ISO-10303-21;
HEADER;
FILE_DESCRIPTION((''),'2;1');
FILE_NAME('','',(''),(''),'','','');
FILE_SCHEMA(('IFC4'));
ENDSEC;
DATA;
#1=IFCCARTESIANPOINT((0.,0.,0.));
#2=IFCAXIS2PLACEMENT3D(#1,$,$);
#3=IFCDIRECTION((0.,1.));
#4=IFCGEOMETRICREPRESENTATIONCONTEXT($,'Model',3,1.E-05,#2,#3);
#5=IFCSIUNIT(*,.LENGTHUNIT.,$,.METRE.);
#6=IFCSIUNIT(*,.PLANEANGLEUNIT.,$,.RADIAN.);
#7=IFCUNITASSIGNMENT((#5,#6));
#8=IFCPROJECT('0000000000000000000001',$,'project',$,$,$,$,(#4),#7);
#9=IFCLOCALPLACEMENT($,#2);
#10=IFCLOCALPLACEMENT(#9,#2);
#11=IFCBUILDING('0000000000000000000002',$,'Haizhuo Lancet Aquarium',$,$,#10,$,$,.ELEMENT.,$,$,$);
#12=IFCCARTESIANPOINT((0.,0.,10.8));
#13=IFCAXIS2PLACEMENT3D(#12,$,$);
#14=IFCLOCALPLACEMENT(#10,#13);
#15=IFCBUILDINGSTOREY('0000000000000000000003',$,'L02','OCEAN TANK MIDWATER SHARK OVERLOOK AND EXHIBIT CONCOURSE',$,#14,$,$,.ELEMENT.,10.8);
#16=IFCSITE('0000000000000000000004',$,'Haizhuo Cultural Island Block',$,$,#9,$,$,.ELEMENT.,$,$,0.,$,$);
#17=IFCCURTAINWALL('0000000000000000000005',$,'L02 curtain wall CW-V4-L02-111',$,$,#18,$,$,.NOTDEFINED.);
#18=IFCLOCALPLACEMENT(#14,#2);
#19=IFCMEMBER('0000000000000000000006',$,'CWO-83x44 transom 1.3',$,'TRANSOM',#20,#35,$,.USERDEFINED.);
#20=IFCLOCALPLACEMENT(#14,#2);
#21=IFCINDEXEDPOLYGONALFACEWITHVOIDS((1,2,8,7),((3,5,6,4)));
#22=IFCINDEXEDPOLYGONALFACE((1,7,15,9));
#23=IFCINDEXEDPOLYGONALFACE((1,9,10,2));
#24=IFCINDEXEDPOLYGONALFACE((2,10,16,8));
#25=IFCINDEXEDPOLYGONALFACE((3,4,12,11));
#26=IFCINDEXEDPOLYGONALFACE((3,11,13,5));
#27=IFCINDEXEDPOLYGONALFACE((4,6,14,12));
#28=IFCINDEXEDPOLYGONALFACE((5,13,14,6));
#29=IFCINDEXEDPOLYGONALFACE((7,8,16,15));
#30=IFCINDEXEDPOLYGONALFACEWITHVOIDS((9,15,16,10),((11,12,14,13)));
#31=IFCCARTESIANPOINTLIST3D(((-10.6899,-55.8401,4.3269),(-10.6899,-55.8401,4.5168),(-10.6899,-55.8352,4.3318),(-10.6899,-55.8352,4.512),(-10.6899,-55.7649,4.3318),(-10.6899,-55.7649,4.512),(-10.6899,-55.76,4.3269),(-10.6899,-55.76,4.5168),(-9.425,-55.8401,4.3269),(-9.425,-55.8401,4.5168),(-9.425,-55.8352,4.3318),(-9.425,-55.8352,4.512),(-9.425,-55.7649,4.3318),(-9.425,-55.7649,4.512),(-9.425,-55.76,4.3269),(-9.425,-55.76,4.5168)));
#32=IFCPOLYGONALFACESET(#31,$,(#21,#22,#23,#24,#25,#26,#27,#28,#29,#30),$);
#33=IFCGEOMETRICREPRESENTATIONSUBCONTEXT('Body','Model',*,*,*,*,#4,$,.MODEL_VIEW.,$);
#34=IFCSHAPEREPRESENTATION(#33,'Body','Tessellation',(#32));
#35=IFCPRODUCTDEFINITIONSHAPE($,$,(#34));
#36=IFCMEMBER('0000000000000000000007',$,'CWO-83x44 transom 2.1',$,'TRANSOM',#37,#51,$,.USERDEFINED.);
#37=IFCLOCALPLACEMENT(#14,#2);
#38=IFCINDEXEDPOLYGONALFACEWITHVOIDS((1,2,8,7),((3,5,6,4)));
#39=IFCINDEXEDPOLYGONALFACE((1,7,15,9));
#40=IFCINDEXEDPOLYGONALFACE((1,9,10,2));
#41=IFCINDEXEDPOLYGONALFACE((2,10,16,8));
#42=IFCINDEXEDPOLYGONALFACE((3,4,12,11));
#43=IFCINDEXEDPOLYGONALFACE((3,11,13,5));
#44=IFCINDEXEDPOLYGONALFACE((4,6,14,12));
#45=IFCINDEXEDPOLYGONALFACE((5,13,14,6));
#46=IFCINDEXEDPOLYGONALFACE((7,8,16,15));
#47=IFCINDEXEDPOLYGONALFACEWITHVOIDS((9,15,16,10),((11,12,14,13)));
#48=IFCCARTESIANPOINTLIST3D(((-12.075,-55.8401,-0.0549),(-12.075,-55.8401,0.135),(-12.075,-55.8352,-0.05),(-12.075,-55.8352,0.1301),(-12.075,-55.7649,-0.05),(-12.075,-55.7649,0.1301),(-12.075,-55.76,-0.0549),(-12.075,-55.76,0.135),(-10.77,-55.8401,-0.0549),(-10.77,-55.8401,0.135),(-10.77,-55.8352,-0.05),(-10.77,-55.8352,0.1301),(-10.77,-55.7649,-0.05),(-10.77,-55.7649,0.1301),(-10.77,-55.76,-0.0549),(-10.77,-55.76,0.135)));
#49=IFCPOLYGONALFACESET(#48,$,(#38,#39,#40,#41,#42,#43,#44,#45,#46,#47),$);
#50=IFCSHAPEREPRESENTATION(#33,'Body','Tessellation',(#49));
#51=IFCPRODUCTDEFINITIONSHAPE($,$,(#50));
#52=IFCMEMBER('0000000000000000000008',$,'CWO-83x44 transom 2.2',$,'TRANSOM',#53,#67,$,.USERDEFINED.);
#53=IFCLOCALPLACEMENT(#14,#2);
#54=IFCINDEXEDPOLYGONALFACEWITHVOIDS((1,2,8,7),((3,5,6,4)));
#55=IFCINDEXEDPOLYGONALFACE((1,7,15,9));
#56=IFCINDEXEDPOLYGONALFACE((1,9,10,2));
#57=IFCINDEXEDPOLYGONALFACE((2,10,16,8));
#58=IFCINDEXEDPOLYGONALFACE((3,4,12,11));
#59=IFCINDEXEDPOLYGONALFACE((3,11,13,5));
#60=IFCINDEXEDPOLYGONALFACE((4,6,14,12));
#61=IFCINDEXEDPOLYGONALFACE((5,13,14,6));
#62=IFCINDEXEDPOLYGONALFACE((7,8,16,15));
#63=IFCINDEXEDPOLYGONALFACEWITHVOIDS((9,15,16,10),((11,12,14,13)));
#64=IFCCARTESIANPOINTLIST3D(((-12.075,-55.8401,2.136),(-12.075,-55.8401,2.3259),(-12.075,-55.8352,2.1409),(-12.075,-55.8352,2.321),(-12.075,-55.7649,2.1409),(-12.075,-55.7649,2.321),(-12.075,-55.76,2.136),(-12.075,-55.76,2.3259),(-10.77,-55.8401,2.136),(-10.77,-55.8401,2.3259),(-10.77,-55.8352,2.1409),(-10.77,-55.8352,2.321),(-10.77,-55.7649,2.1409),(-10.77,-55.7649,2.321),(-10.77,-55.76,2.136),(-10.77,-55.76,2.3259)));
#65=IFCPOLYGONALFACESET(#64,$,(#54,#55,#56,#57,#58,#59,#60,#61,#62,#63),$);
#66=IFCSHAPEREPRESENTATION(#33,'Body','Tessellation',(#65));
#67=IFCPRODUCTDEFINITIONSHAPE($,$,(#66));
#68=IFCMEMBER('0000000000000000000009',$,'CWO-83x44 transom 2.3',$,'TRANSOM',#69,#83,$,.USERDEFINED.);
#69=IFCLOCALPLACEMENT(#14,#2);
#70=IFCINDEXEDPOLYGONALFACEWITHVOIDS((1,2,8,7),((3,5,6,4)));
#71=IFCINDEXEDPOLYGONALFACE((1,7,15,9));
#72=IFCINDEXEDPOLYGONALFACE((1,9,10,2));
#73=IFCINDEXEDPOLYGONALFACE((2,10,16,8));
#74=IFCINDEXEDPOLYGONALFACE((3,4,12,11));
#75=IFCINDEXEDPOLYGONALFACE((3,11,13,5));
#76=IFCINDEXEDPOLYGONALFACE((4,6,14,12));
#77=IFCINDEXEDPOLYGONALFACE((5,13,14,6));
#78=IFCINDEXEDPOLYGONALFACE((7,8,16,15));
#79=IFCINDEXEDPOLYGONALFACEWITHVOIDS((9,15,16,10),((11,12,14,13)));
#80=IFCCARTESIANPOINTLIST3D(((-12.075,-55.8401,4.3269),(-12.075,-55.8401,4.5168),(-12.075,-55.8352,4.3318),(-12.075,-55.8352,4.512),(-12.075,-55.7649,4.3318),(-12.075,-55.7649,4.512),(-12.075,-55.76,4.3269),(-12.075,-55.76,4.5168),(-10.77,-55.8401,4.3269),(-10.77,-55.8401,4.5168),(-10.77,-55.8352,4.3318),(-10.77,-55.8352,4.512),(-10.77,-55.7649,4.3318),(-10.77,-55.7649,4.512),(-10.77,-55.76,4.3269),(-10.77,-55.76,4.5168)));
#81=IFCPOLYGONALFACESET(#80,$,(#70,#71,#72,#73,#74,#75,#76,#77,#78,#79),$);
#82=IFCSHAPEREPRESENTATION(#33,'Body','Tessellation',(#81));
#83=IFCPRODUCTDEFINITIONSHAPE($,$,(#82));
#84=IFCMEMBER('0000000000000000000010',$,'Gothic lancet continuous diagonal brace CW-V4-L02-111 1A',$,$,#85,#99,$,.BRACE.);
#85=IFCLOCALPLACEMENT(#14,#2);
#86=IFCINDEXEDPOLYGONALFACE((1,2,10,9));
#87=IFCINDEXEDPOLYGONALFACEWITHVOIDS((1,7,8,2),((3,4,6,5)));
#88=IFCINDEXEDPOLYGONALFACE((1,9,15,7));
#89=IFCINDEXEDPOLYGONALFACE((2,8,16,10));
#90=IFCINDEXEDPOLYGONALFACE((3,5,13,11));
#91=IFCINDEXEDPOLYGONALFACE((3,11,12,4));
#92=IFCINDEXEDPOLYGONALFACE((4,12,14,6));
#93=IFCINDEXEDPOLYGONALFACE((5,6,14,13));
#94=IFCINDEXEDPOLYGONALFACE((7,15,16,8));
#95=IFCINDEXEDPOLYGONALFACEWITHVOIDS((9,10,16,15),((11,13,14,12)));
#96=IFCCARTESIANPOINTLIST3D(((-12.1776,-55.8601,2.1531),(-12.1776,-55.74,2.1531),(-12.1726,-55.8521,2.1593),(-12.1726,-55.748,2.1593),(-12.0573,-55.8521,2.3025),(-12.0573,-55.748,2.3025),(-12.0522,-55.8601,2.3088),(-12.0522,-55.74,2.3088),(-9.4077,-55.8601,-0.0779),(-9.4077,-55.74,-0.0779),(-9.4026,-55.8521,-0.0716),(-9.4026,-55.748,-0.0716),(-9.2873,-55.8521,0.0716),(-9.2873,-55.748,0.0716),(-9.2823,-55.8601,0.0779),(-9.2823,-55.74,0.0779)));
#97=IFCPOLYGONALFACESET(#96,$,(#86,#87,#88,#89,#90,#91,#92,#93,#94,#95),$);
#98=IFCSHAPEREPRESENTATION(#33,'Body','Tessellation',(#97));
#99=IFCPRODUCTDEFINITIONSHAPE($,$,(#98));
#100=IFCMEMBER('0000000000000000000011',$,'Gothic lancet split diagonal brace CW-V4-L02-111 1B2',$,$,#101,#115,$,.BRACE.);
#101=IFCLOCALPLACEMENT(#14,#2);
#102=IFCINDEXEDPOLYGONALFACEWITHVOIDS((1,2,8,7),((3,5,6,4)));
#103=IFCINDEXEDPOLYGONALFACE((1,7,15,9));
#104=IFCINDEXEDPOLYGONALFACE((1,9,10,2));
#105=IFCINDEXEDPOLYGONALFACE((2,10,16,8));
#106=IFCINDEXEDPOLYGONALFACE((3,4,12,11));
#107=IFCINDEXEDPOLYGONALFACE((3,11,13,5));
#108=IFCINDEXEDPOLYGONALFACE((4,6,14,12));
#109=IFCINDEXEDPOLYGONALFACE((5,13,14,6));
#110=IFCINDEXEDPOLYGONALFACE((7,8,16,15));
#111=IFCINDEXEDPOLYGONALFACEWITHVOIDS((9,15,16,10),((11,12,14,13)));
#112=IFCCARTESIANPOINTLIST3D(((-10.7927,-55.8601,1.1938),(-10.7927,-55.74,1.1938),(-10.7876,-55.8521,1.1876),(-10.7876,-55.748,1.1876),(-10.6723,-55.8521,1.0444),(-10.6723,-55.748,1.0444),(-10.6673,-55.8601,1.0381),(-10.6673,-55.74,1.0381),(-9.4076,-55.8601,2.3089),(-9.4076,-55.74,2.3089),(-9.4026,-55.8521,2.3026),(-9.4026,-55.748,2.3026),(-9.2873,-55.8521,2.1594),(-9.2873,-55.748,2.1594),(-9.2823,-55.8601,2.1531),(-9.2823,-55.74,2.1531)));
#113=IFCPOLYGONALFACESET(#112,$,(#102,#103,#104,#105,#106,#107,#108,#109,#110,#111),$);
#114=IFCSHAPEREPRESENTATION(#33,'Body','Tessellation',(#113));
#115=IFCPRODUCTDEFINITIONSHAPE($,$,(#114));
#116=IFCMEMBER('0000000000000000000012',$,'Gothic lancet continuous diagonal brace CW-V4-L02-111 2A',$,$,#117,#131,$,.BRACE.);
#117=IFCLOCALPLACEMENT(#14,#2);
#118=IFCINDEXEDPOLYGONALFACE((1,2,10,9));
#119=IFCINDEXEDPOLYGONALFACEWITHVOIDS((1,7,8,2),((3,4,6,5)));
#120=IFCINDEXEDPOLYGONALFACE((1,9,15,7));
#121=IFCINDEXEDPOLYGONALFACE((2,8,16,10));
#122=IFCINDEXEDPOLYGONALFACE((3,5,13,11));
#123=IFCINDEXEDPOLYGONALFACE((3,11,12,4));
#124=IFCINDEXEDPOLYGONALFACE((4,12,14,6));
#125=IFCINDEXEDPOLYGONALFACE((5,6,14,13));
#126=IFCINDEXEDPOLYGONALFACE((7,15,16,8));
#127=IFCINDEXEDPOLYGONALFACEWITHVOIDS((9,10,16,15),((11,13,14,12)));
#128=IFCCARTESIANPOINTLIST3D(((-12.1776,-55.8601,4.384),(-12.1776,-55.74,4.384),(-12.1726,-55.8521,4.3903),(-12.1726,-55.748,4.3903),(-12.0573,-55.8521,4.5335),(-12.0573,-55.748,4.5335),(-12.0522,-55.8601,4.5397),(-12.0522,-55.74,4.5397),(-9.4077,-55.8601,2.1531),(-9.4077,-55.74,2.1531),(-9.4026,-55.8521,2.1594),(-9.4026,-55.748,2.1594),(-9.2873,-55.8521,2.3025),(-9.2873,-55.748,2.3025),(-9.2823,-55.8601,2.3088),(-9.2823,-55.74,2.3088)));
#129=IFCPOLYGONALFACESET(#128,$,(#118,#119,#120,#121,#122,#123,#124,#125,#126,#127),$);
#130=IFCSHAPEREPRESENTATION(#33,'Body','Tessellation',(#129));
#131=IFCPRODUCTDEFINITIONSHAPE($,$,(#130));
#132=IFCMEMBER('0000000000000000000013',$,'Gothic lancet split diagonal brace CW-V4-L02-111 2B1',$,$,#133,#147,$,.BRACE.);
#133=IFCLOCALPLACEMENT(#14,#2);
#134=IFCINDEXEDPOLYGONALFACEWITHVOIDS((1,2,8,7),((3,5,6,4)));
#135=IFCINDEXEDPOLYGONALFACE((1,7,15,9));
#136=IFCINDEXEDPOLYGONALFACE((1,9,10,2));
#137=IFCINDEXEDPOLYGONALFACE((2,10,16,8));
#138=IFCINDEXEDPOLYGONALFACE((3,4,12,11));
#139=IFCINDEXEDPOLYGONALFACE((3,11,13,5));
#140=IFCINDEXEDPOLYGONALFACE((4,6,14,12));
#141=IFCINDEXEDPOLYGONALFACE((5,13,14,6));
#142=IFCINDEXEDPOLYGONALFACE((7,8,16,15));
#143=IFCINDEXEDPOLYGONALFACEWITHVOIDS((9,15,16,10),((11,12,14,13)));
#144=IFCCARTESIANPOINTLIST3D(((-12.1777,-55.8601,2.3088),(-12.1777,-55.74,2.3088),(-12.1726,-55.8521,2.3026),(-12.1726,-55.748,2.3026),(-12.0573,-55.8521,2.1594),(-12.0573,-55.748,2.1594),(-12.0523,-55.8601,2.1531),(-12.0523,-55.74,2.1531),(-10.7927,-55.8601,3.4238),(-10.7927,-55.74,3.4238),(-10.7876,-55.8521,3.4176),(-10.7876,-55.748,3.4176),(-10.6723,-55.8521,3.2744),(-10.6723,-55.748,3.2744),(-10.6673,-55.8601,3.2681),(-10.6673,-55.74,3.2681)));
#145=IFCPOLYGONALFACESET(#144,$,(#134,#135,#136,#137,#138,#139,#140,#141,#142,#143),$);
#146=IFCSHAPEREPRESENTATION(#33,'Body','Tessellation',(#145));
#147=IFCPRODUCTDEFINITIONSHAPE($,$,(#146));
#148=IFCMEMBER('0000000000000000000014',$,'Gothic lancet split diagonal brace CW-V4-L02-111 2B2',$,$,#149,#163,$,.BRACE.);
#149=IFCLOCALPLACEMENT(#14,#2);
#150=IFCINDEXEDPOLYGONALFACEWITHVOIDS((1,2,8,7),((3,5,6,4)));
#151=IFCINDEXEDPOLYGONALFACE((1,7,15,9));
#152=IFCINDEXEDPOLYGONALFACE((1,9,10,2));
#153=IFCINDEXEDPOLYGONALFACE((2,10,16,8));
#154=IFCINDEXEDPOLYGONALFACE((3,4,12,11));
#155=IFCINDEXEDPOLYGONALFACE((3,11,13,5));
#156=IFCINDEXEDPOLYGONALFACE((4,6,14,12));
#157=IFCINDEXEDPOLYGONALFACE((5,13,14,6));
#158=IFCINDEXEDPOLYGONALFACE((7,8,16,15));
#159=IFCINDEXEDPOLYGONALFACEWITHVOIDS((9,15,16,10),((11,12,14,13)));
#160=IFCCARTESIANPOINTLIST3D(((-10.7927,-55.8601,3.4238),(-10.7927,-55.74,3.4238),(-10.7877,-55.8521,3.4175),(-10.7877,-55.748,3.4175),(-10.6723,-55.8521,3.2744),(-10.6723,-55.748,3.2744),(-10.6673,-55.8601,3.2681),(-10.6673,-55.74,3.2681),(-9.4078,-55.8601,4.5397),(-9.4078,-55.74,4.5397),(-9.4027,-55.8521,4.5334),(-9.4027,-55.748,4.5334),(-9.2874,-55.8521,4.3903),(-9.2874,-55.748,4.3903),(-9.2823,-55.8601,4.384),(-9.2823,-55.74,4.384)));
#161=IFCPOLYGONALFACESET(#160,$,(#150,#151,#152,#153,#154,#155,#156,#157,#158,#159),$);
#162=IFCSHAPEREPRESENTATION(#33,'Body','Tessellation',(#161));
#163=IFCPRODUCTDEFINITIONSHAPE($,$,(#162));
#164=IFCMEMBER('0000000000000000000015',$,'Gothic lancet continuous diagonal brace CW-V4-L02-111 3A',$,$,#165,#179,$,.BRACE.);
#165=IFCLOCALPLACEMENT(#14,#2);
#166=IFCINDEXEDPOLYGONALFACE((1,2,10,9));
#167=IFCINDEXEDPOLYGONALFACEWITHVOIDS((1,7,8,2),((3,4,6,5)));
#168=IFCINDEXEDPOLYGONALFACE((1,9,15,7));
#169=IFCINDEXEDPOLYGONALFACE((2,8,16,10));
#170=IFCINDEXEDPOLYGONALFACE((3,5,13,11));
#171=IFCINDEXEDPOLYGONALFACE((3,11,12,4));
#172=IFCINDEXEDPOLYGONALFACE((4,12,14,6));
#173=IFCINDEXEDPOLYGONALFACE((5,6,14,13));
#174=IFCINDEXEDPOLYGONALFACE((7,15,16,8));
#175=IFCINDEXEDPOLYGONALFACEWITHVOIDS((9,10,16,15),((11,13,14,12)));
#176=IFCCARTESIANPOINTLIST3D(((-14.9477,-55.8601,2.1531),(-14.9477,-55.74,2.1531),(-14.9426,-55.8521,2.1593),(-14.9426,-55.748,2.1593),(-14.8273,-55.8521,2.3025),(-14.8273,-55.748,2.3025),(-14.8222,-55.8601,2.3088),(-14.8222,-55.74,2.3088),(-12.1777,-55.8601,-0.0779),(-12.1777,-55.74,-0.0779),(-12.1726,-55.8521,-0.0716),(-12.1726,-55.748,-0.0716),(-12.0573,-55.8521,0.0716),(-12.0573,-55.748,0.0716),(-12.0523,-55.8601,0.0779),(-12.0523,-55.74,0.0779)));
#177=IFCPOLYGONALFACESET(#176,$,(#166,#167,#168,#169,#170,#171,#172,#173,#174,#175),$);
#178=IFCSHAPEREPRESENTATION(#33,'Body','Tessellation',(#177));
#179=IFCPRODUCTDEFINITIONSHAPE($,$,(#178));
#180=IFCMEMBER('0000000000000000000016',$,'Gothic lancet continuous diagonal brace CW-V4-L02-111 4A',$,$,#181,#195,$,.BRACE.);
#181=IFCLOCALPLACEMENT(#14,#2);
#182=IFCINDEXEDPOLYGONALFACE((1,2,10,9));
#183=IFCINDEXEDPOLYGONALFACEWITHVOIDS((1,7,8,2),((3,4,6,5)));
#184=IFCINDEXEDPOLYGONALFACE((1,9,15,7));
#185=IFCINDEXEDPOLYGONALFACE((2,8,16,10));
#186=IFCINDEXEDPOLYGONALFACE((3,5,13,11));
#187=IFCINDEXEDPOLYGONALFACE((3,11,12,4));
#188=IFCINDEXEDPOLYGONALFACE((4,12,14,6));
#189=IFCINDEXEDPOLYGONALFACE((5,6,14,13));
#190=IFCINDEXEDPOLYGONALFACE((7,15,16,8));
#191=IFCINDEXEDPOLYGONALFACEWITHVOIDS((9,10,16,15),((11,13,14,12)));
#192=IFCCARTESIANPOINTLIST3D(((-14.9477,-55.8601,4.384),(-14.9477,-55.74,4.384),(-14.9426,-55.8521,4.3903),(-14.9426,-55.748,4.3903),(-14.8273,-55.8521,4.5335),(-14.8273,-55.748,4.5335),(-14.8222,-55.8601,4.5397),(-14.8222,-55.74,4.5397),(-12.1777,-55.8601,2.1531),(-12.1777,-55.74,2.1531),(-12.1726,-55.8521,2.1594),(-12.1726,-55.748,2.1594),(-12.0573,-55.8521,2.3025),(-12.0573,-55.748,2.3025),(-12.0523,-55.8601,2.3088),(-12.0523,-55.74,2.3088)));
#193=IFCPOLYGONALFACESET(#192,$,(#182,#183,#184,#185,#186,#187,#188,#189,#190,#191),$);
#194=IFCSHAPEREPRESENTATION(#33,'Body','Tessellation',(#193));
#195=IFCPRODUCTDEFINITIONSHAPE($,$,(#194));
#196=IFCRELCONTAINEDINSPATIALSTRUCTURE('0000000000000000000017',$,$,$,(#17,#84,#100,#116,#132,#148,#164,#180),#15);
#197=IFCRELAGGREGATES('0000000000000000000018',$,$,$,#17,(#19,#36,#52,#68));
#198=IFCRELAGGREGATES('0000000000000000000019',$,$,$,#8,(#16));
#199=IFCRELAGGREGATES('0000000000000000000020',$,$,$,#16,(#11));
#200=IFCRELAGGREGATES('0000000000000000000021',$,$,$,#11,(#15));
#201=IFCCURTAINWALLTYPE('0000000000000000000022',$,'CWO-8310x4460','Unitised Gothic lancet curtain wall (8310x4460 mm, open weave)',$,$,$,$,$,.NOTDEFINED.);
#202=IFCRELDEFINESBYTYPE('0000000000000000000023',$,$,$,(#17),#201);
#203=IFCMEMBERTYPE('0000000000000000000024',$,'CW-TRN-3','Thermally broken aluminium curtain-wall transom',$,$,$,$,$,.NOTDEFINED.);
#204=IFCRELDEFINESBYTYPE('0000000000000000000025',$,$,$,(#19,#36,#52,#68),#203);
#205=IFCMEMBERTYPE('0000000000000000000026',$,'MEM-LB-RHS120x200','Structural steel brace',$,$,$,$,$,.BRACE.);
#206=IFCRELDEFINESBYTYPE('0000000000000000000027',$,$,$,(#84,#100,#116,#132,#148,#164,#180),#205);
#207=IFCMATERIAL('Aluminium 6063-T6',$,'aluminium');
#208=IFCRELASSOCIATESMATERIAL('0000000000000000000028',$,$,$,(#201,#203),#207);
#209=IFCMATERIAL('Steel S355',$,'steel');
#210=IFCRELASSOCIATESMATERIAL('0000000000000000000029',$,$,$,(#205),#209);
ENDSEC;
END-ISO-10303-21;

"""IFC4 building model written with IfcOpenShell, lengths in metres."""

from ifc_helpers import new_model, si_unit, direction, frame, origin, origin_2d, place, context, subcontext, project, spatial, hollow_rectangle, extrude, material, material_profile, profile_set, type_object, element, aggregate, save


model = new_model("IFC4")

# Units and contexts
model_context = context("Model", 3, precision=1e-05, world=origin(), true_north=direction((0.0, 1.0)))
body_context = subcontext(model_context, "Body", "Model", "MODEL_VIEW")
ifc_project = project(units=[si_unit("LENGTHUNIT", "METRE"), si_unit("PLANEANGLEUNIT", "RADIAN")], contexts=[model_context])

# Site, building, storey
site_placement = place(None, origin())
site = spatial("IfcSite", under=ifc_project, at=site_placement, Name="Haizhuo Cultural Island Block", CompositionType="ELEMENT", RefElevation=0.0)
building_placement = place(site_placement, origin())
building = spatial("IfcBuilding", under=site, at=building_placement, Name="Haizhuo Lancet Aquarium", CompositionType="ELEMENT")
storey_placement = place(building_placement, frame((0.0, 0.0, 10.8)))
storey = spatial("IfcBuildingStorey", under=building, at=storey_placement, Name="L02", Description="OCEAN TANK MIDWATER SHARK OVERLOOK AND EXHIBIT CONCOURSE", CompositionType="ELEMENT", Elevation=10.8)

# Shared definitions
ifc_material_1 = material(Name="Steel S355", Category="steel")

# Curtain wall, members
ifc_material_2 = material(Name="Aluminium 6063-T6", Category="aluminium")
curtain_wall_type = type_object("IfcCurtainWallType", Name="CWO-8310x4460", Description="Unitised Gothic lancet curtain wall (8310x4460 mm, open weave)", PredefinedType="NOTDEFINED", material=ifc_material_2)
curtain_wall_placement = place(storey_placement, origin())
curtain_wall = element("IfcCurtainWall", 1, at=curtain_wall_placement, inside=storey, type_object=curtain_wall_type, Name="L02 curtain wall CW-V4-L02-111", PredefinedType="NOTDEFINED")
ifc_material_profile_1 = material_profile(ifc_material_2, hollow_rectangle(XDim=0.0801, YDim=0.1899, WallThickness=0.0049, at=origin_2d()), Name="ALU-T 80x190x5")
ifc_profile_set_1 = profile_set([ifc_material_profile_1], Name="Aluminium 6063-T6")
member_type_1 = type_object("IfcMemberType", Name="CW-TRN-3", Description="Thermally broken aluminium curtain-wall transom", PredefinedType="NOTDEFINED", material=ifc_profile_set_1)
member_1_placement = place(storey_placement, frame((-9.425, -55.8, 4.4219), z_axis=(-1.0, 0.0, 0.0), x_axis=(0.0, -1.0, 0.0)))
member_1 = element("IfcMember", 2, at=member_1_placement, type_object=member_type_1, Name="CWO-83x44 transom 1.3", ObjectType="TRANSOM", PredefinedType="USERDEFINED", context=body_context, shape_type="SweptSolid", body=[
    extrude(hollow_rectangle(XDim=0.0801, YDim=0.1899, WallThickness=0.0049, at=origin_2d()), origin(), (0.0, 0.0, 1.0), 1.2649),
])
member_2_placement = place(storey_placement, frame((-10.77, -55.8, 0.04), z_axis=(-1.0, 0.0, 0.0), x_axis=(0.0, -1.0, 0.0)))
member_2 = element("IfcMember", 3, at=member_2_placement, type_object=member_type_1, Name="CWO-83x44 transom 2.1", ObjectType="TRANSOM", PredefinedType="USERDEFINED", context=body_context, shape_type="SweptSolid", body=[
    extrude(hollow_rectangle(XDim=0.0801, YDim=0.1899, WallThickness=0.0049, at=origin_2d()), origin(), (0.0, 0.0, 1.0), 1.3049),
])
member_3_placement = place(storey_placement, frame((-10.77, -55.8, 2.231), z_axis=(-1.0, 0.0, 0.0), x_axis=(0.0, -1.0, 0.0)))
member_3 = element("IfcMember", 4, at=member_3_placement, type_object=member_type_1, Name="CWO-83x44 transom 2.2", ObjectType="TRANSOM", PredefinedType="USERDEFINED", context=body_context, shape_type="SweptSolid", body=[
    extrude(hollow_rectangle(XDim=0.0801, YDim=0.1899, WallThickness=0.0049, at=origin_2d()), origin(), (0.0, 0.0, 1.0), 1.3049),
])
member_4_placement = place(storey_placement, frame((-10.77, -55.8, 4.4219), z_axis=(-1.0, 0.0, 0.0), x_axis=(0.0, -1.0, 0.0)))
member_4 = element("IfcMember", 5, at=member_4_placement, type_object=member_type_1, Name="CWO-83x44 transom 2.3", ObjectType="TRANSOM", PredefinedType="USERDEFINED", context=body_context, shape_type="SweptSolid", body=[
    extrude(hollow_rectangle(XDim=0.0801, YDim=0.1899, WallThickness=0.0049, at=origin_2d()), origin(), (0.0, 0.0, 1.0), 1.3049),
])

# Members
ifc_material_profile_2 = material_profile(ifc_material_1, hollow_rectangle(XDim=0.1201, YDim=0.2, WallThickness=0.0081, at=origin_2d()), Name="RHS 120x200x8")
ifc_profile_set_2 = profile_set([ifc_material_profile_2], Name="Steel S355")
member_type_2 = type_object("IfcMemberType", Name="MEM-LB-RHS120x200", Description="Structural steel brace", PredefinedType="BRACE", material=ifc_profile_set_2)
member_5_placement = place(storey_placement, frame((-9.345, -55.8, 0.0), z_axis=(-0.778815, 0.0, 0.627253), x_axis=(0.0, -1.0, 0.0)))
element("IfcMember", 6, at=member_5_placement, inside=storey, type_object=member_type_2, Name="Gothic lancet continuous diagonal brace CW-V4-L02-111 1A", PredefinedType="BRACE", context=body_context, shape_type="SweptSolid", body=[
    extrude(hollow_rectangle(XDim=0.1201, YDim=0.2, WallThickness=0.0081, at=origin_2d()), origin(), (0.0, 0.0, 1.0), 3.5566),
])
member_6_placement = place(storey_placement, frame((-10.73, -55.8, 1.116), z_axis=(0.77895, 0.0, 0.627087), x_axis=(0.0, 1.0, 0.0)))
element("IfcMember", 7, at=member_6_placement, inside=storey, type_object=member_type_2, Name="Gothic lancet split diagonal brace CW-V4-L02-111 1B2", PredefinedType="BRACE", context=body_context, shape_type="SweptSolid", body=[
    extrude(hollow_rectangle(XDim=0.1201, YDim=0.2, WallThickness=0.0081, at=origin_2d()), origin(), (0.0, 0.0, 1.0), 1.7781),
])
member_7_placement = place(storey_placement, frame((-9.345, -55.8, 2.231), z_axis=(-0.778815, 0.0, 0.627253), x_axis=(0.0, -1.0, 0.0)))
element("IfcMember", 8, at=member_7_placement, inside=storey, type_object=member_type_2, Name="Gothic lancet continuous diagonal brace CW-V4-L02-111 2A", PredefinedType="BRACE", context=body_context, shape_type="SweptSolid", body=[
    extrude(hollow_rectangle(XDim=0.1201, YDim=0.2, WallThickness=0.0081, at=origin_2d()), origin(), (0.0, 0.0, 1.0), 3.5566),
])
member_8_placement = place(storey_placement, frame((-12.115, -55.8, 2.231), z_axis=(0.77895, 0.0, 0.627087), x_axis=(0.0, 1.0, 0.0)))
element("IfcMember", 9, at=member_8_placement, inside=storey, type_object=member_type_2, Name="Gothic lancet split diagonal brace CW-V4-L02-111 2B1", PredefinedType="BRACE", context=body_context, shape_type="SweptSolid", body=[
    extrude(hollow_rectangle(XDim=0.1201, YDim=0.2, WallThickness=0.0081, at=origin_2d()), origin(), (0.0, 0.0, 1.0), 1.7781),
])
member_9_placement = place(storey_placement, frame((-10.73, -55.8, 3.3459), z_axis=(0.778681, 0.0, 0.62742), x_axis=(0.0, 1.0, 0.0)))
element("IfcMember", 10, at=member_9_placement, inside=storey, type_object=member_type_2, Name="Gothic lancet split diagonal brace CW-V4-L02-111 2B2", PredefinedType="BRACE", context=body_context, shape_type="SweptSolid", body=[
    extrude(hollow_rectangle(XDim=0.1201, YDim=0.2, WallThickness=0.0081, at=origin_2d()), origin(), (0.0, 0.0, 1.0), 1.7786),
])
for number, where, z_axis, x_axis, name in (
    (11, (-12.115, -55.8, 0.0), (-0.778815, 0.0, 0.627253), (0.0, -1.0, 0.0), "Gothic lancet continuous diagonal brace CW-V4-L02-111 3A"),
    (12, (-12.115, -55.8, 2.231), (-0.778815, 0.0, 0.627253), (0.0, -1.0, 0.0), "Gothic lancet continuous diagonal brace CW-V4-L02-111 4A"),
):
    element("IfcMember", number, at=place(storey_placement, frame(where, z_axis=z_axis, x_axis=x_axis)), inside=storey, type_object=member_type_2, Name=name, PredefinedType="BRACE", context=body_context, shape_type="SweptSolid", body=[
        extrude(hollow_rectangle(XDim=0.1201, YDim=0.2, WallThickness=0.0081, at=origin_2d()), origin(), (0.0, 0.0, 1.0), 3.5566),
    ])

aggregate(curtain_wall, [member_1, member_2, member_3, member_4])

save(model, "model.ifc")
